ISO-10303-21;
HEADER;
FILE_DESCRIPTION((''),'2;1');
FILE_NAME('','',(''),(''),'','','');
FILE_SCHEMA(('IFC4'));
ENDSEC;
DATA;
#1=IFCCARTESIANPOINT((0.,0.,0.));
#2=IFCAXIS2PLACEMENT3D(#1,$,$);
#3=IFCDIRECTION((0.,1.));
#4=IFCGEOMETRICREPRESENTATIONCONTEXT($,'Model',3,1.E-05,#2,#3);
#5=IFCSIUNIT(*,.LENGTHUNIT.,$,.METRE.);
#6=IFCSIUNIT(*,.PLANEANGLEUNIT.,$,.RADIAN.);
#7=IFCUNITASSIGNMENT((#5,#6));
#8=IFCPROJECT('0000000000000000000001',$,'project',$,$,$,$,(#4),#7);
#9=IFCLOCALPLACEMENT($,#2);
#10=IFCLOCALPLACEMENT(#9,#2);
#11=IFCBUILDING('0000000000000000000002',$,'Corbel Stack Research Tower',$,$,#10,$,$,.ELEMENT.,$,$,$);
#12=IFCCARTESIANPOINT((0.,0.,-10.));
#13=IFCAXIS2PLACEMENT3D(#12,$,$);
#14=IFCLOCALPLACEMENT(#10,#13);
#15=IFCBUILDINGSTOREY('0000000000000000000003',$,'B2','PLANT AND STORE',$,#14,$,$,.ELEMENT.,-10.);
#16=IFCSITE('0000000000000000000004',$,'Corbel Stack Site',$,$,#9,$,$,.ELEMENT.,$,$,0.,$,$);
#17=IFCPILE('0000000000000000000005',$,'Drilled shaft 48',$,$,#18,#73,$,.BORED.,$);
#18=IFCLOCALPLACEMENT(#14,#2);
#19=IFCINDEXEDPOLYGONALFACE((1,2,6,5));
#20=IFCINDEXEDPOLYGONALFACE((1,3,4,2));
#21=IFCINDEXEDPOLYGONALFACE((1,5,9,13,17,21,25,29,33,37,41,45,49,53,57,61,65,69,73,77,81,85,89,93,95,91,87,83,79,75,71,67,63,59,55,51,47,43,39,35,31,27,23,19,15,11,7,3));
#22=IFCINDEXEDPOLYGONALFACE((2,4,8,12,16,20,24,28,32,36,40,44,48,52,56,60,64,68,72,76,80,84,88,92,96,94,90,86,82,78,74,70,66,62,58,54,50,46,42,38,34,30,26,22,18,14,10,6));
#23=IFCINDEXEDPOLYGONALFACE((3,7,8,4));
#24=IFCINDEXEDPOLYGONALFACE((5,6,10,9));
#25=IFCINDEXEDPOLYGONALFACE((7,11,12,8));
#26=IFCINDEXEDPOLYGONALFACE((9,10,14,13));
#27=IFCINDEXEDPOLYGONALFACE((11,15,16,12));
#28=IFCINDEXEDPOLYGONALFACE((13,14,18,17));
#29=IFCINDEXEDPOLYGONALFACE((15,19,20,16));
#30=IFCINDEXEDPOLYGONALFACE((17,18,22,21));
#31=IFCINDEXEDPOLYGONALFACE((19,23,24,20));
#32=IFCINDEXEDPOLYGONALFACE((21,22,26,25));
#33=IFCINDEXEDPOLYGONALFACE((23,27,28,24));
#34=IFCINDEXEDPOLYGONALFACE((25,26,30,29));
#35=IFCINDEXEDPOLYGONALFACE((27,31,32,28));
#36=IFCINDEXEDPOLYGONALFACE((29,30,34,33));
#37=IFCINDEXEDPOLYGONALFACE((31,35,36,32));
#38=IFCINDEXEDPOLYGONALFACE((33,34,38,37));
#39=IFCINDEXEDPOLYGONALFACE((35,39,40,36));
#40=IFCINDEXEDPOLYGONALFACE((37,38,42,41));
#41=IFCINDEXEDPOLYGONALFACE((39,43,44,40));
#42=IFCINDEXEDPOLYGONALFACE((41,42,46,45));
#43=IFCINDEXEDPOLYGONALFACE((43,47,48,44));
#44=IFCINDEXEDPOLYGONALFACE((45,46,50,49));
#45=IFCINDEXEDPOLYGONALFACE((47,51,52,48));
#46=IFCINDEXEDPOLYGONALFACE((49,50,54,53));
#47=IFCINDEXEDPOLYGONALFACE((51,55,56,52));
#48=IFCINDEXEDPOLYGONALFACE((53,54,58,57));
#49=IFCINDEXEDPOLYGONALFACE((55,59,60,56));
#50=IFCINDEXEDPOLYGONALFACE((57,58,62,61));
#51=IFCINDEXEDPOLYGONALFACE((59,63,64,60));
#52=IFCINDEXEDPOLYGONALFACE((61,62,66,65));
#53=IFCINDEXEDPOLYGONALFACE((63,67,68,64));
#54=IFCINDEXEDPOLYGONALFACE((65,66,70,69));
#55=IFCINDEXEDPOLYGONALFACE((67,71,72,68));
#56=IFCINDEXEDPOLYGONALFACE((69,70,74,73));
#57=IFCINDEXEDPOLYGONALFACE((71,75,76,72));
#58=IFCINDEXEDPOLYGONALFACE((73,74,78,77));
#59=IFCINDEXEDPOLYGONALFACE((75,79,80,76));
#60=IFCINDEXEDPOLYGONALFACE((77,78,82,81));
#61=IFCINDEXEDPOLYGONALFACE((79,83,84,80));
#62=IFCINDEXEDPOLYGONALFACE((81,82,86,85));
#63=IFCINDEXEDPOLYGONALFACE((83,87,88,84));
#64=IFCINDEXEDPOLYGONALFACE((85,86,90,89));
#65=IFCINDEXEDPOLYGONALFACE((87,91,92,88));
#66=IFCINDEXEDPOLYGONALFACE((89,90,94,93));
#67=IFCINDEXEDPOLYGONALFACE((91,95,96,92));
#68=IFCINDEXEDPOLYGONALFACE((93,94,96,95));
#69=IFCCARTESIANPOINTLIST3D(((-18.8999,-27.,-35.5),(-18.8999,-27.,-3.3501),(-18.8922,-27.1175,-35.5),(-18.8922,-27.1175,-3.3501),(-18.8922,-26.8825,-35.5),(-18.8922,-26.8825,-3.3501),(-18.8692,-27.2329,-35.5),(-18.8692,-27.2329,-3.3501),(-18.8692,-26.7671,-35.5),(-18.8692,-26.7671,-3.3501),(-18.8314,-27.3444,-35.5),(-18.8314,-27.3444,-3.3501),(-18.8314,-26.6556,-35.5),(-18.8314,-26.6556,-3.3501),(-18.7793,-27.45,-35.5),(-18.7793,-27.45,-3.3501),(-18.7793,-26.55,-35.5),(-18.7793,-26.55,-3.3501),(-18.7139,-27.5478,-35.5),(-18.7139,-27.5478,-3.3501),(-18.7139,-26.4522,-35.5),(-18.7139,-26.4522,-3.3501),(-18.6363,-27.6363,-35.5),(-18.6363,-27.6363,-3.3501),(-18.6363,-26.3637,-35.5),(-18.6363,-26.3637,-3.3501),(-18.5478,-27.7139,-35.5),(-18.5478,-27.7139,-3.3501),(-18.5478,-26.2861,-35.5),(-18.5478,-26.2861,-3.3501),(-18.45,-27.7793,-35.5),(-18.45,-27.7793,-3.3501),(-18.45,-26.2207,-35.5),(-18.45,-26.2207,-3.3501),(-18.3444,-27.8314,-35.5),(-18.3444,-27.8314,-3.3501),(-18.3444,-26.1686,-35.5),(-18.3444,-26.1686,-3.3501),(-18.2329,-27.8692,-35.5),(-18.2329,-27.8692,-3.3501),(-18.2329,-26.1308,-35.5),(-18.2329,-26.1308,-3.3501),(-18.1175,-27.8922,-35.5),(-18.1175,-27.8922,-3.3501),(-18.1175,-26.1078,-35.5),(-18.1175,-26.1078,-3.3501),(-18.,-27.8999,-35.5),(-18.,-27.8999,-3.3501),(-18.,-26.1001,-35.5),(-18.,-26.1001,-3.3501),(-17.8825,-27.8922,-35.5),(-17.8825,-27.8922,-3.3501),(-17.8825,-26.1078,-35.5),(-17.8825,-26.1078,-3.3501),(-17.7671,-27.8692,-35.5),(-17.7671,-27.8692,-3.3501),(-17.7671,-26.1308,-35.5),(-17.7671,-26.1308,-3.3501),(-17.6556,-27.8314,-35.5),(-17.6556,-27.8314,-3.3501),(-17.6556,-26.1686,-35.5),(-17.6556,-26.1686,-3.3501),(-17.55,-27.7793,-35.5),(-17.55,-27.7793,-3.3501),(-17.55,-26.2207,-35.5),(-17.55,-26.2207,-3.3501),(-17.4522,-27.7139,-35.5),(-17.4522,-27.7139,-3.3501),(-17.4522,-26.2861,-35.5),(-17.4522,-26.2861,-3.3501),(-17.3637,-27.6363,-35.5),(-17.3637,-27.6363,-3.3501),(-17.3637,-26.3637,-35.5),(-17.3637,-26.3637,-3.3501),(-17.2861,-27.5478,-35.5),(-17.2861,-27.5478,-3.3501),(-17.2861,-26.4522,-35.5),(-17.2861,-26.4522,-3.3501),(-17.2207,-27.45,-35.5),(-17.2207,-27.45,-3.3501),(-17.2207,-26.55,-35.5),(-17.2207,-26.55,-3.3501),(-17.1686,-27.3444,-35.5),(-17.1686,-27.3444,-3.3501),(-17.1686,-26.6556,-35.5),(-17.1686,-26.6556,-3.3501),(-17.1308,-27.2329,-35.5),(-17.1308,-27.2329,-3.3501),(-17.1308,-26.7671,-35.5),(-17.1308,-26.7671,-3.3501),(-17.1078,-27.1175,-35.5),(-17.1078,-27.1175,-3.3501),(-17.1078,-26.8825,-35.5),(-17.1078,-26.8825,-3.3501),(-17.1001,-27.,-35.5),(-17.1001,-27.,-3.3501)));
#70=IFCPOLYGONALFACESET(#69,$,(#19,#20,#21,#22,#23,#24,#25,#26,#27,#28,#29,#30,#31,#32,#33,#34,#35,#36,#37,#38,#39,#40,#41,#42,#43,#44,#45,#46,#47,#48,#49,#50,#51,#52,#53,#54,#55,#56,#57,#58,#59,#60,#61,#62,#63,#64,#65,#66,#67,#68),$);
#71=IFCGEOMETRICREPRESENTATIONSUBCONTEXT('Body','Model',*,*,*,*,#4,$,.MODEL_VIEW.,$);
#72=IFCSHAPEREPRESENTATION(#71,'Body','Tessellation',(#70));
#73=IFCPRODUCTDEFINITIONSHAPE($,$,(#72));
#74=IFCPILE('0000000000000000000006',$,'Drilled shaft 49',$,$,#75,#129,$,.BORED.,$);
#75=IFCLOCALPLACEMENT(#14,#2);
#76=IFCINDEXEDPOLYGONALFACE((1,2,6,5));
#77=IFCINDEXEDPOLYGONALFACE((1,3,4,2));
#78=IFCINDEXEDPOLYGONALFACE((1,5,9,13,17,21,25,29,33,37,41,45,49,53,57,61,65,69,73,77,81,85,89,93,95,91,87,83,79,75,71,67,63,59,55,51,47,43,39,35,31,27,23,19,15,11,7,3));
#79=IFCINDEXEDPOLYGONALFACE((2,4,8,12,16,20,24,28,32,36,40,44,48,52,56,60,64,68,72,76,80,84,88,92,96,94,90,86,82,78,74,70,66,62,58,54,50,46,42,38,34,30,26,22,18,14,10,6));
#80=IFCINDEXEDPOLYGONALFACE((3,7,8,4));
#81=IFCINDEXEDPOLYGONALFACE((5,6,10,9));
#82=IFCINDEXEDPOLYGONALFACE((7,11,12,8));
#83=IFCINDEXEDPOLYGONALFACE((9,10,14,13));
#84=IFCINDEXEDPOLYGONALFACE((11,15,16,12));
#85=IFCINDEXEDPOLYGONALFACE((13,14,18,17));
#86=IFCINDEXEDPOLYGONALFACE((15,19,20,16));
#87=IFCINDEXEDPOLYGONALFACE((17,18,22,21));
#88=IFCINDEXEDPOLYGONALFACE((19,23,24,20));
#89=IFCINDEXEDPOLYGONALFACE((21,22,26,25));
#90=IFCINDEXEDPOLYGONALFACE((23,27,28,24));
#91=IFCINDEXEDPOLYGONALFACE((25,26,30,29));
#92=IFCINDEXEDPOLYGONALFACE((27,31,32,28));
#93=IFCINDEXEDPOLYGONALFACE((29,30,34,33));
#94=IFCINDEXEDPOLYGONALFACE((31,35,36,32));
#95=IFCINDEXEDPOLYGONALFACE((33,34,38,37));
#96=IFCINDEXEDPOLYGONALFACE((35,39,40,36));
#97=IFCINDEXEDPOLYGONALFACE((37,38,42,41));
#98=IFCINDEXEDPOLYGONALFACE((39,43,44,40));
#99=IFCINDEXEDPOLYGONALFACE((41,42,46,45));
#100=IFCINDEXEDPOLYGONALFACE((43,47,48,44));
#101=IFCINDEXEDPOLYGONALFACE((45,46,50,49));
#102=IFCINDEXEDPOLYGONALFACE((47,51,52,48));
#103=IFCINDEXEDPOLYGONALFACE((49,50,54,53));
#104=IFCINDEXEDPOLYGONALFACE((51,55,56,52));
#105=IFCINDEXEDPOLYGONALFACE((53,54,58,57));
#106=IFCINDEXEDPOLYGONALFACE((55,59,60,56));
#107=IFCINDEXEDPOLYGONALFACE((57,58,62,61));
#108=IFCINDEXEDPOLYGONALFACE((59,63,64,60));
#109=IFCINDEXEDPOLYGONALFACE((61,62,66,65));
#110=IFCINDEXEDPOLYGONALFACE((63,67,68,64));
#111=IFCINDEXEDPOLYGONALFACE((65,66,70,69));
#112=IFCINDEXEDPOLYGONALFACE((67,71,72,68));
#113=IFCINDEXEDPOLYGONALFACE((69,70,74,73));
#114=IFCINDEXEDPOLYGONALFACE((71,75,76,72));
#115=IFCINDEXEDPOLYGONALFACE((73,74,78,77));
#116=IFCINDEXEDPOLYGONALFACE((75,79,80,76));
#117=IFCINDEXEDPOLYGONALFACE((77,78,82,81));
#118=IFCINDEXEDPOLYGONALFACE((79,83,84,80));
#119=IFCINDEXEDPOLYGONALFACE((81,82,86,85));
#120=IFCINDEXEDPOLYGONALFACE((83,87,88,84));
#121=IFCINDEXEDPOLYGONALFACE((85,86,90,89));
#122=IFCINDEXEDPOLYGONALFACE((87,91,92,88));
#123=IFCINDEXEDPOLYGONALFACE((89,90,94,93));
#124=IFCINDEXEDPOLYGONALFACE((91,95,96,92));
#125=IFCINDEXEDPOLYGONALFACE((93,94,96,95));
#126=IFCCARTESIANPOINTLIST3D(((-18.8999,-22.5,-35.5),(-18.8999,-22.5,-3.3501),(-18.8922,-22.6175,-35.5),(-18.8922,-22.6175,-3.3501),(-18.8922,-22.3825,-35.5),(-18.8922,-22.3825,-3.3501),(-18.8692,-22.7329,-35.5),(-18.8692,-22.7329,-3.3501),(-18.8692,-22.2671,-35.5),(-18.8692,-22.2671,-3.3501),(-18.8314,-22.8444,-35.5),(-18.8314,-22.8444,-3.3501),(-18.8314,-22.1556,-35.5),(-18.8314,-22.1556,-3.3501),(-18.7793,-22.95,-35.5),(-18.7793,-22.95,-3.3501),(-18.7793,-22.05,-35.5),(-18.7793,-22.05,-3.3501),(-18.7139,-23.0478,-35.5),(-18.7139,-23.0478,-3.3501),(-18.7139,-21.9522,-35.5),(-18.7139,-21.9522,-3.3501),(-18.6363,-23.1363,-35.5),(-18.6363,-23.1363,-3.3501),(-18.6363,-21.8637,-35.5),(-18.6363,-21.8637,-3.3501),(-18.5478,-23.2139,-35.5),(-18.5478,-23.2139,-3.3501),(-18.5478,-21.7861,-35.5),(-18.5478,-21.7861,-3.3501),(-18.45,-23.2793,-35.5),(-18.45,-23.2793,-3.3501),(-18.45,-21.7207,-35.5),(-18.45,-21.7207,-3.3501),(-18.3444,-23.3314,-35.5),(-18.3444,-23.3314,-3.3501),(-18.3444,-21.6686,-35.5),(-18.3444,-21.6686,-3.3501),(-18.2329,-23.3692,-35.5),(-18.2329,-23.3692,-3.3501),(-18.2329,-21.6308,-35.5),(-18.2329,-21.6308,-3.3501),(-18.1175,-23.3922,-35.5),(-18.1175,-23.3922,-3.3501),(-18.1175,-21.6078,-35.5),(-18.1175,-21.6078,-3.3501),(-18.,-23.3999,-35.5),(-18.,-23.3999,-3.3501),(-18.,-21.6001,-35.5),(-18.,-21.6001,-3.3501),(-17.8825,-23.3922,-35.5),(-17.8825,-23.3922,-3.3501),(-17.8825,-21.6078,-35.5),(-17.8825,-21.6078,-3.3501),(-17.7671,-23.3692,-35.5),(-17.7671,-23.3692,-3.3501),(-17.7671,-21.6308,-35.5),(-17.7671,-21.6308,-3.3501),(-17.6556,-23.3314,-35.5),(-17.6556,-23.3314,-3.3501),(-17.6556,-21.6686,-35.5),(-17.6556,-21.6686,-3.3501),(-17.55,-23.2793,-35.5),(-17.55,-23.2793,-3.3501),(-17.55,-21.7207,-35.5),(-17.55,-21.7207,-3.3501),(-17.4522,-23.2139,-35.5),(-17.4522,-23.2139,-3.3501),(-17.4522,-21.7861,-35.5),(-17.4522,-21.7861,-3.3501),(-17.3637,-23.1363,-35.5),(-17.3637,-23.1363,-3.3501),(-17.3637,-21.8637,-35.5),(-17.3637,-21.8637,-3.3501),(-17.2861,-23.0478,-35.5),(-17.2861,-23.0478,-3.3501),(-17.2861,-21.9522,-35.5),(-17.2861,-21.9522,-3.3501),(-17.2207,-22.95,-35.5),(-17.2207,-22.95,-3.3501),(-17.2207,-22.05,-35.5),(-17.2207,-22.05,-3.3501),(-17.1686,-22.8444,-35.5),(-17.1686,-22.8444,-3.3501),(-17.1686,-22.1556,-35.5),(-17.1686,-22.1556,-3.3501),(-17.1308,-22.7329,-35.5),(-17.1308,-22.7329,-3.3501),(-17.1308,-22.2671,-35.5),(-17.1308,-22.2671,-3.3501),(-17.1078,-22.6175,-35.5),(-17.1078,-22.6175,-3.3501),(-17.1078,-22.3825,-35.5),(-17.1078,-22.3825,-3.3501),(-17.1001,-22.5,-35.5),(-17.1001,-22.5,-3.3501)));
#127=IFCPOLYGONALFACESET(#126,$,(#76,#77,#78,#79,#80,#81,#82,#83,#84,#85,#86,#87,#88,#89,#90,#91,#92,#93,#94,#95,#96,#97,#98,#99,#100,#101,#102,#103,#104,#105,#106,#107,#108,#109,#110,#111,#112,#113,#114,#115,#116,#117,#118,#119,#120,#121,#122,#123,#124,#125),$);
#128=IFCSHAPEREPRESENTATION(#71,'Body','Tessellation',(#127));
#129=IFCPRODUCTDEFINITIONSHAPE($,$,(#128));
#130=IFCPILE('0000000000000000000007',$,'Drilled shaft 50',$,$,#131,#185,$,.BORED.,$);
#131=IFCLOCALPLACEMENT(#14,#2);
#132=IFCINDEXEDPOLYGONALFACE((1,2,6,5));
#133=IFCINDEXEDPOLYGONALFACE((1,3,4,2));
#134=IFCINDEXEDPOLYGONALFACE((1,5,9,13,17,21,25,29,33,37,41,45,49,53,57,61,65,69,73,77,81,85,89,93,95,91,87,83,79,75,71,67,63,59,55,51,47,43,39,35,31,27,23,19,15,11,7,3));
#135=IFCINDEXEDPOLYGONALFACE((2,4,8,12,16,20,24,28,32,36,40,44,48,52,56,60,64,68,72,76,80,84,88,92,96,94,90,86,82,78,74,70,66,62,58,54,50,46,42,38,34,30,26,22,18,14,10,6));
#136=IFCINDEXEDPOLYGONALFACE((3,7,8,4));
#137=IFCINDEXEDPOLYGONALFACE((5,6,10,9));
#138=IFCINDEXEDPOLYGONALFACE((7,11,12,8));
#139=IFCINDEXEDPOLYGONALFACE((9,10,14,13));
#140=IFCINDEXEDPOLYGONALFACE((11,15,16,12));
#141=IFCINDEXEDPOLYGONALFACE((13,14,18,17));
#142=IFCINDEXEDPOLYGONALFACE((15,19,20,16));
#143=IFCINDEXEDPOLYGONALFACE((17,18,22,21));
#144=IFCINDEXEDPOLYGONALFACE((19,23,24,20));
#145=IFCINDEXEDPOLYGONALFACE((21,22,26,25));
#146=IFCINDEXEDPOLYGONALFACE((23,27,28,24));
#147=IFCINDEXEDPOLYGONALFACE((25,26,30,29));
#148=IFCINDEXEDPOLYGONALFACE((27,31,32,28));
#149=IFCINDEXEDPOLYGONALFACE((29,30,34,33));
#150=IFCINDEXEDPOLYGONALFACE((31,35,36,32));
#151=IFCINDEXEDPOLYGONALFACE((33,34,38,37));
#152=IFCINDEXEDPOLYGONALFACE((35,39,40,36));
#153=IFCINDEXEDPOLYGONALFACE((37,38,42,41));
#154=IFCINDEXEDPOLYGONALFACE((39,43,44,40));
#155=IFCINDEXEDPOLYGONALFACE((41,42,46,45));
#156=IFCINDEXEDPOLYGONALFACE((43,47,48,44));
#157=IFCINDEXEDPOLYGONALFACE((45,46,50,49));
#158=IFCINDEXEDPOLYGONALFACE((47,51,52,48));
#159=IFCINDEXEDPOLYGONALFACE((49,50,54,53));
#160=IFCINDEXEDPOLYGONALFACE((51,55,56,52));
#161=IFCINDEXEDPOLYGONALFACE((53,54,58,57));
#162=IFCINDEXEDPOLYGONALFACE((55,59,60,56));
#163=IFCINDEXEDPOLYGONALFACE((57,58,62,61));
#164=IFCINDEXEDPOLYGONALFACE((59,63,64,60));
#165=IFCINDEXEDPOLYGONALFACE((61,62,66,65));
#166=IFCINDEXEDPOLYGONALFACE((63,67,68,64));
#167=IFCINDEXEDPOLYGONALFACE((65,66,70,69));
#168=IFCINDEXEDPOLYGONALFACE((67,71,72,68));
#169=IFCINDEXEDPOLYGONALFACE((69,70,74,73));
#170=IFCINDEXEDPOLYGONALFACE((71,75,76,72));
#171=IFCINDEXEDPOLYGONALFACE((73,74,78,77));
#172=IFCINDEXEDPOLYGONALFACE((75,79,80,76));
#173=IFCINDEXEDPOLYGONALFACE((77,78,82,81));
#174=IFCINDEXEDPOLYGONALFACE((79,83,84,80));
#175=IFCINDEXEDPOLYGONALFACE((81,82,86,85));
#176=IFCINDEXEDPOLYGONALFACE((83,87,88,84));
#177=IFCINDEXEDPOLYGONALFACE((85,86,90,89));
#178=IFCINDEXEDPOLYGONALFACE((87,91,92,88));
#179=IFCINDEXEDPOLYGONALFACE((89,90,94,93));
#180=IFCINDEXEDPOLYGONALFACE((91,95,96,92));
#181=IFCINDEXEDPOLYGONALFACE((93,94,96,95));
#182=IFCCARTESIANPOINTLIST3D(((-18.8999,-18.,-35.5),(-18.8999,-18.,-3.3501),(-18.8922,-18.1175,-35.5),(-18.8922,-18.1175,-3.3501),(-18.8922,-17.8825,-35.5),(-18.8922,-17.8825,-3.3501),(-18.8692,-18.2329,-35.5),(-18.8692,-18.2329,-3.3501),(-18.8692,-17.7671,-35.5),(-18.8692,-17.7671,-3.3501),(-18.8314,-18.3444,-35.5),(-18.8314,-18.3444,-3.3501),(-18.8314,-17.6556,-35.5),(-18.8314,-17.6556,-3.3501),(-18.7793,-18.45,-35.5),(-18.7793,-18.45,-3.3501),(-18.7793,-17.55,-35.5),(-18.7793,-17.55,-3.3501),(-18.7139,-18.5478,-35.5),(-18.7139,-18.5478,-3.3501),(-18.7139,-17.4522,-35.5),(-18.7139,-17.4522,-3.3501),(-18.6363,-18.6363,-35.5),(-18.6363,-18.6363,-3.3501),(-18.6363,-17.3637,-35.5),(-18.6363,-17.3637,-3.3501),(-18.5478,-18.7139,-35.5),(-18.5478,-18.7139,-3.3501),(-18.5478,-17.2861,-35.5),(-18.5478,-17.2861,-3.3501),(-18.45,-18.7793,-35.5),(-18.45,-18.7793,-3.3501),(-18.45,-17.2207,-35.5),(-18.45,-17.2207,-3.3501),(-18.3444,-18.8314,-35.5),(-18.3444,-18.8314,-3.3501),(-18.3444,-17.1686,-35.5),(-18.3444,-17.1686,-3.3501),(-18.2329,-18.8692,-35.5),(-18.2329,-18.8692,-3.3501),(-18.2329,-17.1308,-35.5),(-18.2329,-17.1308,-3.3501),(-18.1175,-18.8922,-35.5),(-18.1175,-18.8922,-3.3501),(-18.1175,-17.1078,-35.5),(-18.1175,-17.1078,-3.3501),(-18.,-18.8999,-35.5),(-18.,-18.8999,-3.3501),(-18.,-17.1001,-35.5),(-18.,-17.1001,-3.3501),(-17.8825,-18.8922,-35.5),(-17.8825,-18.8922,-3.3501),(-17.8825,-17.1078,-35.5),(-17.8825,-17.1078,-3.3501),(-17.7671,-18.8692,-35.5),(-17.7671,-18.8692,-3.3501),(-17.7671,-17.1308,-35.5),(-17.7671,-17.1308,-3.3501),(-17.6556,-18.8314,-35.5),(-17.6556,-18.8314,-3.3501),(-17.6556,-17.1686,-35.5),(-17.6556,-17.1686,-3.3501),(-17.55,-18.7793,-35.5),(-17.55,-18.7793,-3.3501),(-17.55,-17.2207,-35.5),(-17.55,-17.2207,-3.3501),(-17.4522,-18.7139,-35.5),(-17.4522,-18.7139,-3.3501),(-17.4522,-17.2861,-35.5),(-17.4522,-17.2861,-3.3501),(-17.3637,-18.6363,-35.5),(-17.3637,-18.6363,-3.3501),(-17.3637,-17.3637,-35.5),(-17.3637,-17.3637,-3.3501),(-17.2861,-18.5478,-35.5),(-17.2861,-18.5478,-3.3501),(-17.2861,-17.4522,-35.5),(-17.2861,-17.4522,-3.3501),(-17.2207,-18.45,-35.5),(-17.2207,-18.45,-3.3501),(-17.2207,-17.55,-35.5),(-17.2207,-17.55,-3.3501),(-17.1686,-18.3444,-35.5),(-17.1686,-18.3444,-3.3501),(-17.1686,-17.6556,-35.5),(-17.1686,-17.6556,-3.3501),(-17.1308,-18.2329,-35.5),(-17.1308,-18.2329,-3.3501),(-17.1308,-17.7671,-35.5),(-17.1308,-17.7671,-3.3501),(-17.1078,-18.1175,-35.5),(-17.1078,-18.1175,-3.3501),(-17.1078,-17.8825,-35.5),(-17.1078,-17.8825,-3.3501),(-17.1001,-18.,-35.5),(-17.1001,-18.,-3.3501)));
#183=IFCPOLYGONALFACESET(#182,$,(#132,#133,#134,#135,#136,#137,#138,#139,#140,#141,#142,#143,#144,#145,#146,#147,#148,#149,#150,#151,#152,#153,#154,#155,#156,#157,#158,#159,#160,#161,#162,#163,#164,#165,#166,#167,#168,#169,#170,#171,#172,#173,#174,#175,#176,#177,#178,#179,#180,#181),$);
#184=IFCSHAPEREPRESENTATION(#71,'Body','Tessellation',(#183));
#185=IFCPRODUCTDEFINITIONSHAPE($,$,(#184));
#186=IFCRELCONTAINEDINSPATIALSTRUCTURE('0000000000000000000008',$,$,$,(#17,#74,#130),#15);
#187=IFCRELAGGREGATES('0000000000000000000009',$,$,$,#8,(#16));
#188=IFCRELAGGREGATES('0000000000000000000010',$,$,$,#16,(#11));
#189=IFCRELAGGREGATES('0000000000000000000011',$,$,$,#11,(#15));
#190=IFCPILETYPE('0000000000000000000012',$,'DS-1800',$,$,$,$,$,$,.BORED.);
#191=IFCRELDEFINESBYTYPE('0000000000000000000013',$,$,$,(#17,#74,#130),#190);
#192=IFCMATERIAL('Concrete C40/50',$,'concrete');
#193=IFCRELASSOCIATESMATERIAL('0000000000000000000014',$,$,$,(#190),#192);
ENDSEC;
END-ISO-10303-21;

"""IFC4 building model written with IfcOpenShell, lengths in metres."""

from ifc_helpers import new_model, si_unit, direction, frame, origin, origin_2d, place, context, subcontext, project, spatial, circle, extrude, material, material_profile, profile_set, type_object, element, save


model = new_model("IFC4")

# Units and contexts
model_context = context("Model", 3, precision=1e-05, world=origin(), true_north=direction((0.0, 1.0)))
body_context = subcontext(model_context, "Body", "Model", "MODEL_VIEW")
ifc_project = project(units=[si_unit("LENGTHUNIT", "METRE"), si_unit("PLANEANGLEUNIT", "RADIAN")], contexts=[model_context])

# Site, building, storey
site_placement = place(None, origin())
site = spatial("IfcSite", under=ifc_project, at=site_placement, Name="Corbel Stack Site", CompositionType="ELEMENT", RefElevation=0.0)
building_placement = place(site_placement, origin())
building = spatial("IfcBuilding", under=site, at=building_placement, Name="Corbel Stack Research Tower", CompositionType="ELEMENT")
storey_placement = place(building_placement, frame((0.0, 0.0, -10.0)))
storey = spatial("IfcBuildingStorey", under=building, at=storey_placement, Name="B2", Description="PLANT AND STORE", CompositionType="ELEMENT", Elevation=-10.0)

# Piles
ifc_material_1 = material(Name="Concrete C40/50", Category="concrete")
ifc_material_profile_1 = material_profile(ifc_material_1, circle(Radius=0.8999, at=origin_2d()), Name="Shaft 1800")
ifc_profile_set_1 = profile_set([ifc_material_profile_1], Name="Concrete C40/50")
pile_type = type_object("IfcPileType", Name="DS-1800", PredefinedType="BORED", material=ifc_profile_set_1)
for number, where, z_axis, x_axis, name in (
    (1, (-18.0, -27.0, -3.3501), (0.0, 0.0, -1.0), (1.0, 0.0, 0.0), "Drilled shaft 48"),
    (2, (-18.0, -22.5, -3.3501), (0.0, 0.0, -1.0), (1.0, 0.0, 0.0), "Drilled shaft 49"),
    (3, (-18.0, -18.0, -3.3501), (0.0, 0.0, -1.0), (1.0, 0.0, 0.0), "Drilled shaft 50"),
):
    element("IfcPile", number, at=place(storey_placement, frame(where, z_axis=z_axis, x_axis=x_axis)), inside=storey, type_object=pile_type, Name=name, PredefinedType="BORED", context=body_context, shape_type="SweptSolid", body=[
        extrude(circle(Radius=0.8999, at=origin_2d()), origin(), (0.0, 0.0, 1.0), 32.1499),
    ])

save(model, "model.ifc")
